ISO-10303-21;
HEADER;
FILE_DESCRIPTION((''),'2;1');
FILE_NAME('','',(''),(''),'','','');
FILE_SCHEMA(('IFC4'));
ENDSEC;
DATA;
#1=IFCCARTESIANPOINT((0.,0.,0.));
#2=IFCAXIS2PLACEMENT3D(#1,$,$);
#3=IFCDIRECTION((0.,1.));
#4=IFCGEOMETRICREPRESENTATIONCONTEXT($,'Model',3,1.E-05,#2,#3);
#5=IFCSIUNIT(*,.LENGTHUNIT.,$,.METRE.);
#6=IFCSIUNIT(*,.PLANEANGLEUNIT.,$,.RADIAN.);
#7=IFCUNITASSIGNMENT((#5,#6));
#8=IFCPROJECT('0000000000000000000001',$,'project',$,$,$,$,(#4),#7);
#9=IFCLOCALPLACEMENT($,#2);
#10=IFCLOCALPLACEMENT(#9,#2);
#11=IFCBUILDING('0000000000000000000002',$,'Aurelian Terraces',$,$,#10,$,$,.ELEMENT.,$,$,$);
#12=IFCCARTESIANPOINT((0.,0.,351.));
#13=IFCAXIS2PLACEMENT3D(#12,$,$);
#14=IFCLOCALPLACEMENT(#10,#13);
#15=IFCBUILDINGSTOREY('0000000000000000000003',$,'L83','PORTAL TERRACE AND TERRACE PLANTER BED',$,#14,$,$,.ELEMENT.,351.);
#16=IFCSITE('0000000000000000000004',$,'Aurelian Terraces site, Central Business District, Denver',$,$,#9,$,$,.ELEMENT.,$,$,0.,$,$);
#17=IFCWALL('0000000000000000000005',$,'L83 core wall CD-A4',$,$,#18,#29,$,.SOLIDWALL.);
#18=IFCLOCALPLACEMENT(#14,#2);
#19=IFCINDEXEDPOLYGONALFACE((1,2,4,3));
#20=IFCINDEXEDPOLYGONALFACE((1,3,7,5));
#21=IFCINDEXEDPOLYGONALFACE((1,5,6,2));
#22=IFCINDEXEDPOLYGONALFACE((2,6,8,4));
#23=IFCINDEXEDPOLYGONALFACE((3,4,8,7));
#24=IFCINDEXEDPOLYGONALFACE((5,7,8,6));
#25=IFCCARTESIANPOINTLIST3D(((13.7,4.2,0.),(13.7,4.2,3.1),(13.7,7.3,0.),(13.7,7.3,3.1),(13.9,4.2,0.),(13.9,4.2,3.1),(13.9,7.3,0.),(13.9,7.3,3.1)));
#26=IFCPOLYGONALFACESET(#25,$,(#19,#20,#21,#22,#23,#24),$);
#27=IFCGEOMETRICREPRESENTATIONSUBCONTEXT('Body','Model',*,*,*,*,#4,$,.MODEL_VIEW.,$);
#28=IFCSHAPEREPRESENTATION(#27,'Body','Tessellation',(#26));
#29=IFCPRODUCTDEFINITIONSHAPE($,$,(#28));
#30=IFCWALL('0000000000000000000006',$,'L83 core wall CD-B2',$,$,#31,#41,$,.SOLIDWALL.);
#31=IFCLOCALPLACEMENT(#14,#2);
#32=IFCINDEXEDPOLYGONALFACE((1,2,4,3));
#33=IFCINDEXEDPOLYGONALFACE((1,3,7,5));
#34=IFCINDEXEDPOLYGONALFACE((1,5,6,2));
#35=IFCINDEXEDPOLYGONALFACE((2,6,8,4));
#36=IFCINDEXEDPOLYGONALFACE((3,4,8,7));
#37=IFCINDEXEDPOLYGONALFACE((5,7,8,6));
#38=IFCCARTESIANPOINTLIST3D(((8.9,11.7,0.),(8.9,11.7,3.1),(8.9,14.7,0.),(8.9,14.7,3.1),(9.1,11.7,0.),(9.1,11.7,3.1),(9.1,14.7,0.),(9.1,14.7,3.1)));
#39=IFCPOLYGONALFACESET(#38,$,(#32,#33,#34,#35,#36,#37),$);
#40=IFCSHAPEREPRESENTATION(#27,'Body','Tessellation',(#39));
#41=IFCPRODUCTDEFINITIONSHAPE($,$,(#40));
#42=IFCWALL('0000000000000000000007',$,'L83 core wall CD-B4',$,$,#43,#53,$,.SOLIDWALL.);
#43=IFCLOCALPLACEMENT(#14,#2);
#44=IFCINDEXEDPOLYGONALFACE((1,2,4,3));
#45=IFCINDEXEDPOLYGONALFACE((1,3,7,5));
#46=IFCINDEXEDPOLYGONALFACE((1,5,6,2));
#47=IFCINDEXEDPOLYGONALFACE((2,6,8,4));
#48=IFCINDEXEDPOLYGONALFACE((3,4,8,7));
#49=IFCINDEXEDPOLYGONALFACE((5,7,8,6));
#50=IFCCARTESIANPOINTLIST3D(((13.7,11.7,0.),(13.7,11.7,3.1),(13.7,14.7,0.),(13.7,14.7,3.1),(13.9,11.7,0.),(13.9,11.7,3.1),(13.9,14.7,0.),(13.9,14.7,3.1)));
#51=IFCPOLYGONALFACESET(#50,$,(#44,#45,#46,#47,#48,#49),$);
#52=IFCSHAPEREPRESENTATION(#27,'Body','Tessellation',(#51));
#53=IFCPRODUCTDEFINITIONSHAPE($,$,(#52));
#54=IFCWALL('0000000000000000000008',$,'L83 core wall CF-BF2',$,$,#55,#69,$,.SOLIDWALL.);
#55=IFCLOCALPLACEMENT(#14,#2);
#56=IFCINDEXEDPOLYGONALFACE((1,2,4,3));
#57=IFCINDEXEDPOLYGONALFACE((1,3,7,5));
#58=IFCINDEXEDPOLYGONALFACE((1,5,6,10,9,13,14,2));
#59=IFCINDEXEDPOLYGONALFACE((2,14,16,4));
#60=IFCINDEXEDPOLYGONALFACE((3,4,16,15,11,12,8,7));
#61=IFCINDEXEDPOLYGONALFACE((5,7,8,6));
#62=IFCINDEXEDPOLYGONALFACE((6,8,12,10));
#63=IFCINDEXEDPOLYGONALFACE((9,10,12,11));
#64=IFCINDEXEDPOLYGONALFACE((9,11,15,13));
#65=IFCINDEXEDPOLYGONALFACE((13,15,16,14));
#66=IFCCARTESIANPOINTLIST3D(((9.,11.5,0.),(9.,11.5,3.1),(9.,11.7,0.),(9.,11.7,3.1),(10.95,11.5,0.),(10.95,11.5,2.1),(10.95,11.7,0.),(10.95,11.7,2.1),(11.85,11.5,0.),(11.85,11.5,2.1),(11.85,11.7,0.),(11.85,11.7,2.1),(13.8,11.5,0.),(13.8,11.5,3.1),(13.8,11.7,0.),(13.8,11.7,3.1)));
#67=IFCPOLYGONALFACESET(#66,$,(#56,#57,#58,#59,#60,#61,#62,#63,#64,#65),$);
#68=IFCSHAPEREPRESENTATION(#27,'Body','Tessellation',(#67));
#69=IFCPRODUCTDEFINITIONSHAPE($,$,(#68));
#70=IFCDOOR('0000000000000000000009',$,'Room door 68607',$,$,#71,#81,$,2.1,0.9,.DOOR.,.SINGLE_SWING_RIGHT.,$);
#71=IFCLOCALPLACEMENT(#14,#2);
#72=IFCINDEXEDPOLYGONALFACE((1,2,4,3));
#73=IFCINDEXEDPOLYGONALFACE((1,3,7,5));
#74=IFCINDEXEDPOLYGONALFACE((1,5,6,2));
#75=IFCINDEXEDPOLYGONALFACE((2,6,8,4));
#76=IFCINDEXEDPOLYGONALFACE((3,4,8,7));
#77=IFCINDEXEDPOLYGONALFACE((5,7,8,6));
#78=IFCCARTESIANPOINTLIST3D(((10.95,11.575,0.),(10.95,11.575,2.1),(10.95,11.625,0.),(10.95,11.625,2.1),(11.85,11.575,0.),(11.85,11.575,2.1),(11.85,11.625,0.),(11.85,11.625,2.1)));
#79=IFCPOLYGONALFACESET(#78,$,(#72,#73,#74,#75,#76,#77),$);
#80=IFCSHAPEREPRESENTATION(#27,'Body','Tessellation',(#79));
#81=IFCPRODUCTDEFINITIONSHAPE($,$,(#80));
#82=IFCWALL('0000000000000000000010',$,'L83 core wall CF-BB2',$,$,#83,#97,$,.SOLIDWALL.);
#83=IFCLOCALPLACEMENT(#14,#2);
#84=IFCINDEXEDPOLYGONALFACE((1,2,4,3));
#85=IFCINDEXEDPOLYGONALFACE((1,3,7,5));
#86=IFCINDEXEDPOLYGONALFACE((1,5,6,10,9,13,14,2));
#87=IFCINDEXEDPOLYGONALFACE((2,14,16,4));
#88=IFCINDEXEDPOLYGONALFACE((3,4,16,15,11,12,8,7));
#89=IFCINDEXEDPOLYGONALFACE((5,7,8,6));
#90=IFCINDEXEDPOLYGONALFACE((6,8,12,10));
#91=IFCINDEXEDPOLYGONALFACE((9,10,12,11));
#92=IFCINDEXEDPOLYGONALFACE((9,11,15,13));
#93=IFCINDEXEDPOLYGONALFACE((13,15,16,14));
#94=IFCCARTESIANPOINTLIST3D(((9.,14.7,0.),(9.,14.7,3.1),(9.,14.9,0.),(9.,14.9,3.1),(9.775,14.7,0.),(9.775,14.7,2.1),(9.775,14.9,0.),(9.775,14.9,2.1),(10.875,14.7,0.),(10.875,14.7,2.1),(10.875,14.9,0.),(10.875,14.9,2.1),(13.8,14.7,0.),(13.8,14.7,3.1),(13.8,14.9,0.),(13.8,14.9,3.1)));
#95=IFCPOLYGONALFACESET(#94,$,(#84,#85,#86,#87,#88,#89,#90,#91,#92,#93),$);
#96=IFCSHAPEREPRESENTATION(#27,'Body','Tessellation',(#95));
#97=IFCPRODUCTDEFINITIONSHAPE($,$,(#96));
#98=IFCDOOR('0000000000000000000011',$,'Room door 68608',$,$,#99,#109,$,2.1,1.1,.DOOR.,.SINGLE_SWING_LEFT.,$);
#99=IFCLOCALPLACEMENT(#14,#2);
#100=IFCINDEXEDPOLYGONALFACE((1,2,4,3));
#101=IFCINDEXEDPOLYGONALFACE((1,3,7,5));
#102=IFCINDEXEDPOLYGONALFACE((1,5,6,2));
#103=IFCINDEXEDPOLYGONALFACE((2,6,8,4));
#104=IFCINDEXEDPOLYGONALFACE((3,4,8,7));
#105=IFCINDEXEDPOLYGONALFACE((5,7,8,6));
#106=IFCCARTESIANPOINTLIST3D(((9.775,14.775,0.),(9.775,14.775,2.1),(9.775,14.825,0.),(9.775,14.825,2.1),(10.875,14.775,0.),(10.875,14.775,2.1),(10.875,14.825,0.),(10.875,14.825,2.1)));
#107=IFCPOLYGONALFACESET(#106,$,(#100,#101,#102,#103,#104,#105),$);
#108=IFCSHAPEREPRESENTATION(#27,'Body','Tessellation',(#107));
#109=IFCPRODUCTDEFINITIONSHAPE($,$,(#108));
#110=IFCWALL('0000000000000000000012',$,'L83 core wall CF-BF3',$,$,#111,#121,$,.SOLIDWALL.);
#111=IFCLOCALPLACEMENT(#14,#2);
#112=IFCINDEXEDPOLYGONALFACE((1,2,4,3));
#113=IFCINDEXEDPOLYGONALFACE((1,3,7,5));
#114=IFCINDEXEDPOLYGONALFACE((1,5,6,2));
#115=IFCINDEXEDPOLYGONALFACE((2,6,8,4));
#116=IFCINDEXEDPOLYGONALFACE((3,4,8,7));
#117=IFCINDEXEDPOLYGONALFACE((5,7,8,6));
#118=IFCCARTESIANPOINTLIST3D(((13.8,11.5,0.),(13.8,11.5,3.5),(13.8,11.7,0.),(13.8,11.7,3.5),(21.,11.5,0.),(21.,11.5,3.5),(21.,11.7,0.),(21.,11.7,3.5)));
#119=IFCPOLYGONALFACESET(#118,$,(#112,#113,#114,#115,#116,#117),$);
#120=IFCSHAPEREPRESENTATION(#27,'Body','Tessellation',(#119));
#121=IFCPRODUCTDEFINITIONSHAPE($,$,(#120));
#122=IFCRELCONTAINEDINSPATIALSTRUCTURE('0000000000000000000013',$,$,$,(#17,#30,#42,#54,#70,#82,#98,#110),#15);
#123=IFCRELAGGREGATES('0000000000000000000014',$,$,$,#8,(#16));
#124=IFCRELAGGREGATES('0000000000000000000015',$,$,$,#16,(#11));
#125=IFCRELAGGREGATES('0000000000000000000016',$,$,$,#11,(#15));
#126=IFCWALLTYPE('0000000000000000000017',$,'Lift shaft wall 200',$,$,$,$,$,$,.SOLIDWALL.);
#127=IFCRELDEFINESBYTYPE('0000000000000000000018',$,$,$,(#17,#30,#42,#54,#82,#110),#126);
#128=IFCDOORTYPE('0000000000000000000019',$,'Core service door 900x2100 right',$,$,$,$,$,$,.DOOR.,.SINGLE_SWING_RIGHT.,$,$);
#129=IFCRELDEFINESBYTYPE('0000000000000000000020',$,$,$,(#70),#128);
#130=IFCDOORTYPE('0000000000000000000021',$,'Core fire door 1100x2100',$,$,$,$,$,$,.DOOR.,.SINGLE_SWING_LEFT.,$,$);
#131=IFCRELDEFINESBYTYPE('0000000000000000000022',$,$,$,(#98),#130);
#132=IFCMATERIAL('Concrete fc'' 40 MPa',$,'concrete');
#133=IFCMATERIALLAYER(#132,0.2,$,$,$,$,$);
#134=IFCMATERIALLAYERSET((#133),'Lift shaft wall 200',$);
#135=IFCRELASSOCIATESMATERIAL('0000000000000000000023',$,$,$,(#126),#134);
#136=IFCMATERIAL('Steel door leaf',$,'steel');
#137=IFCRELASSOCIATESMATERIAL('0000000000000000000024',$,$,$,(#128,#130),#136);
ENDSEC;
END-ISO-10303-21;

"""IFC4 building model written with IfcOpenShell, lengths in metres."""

from ifc_helpers import new_model, si_unit, direction, frame, frame_2d, origin, place, context, subcontext, project, spatial, rectangle, extrude, source, transform, mapped, material, layer, layer_set, type_object, element, fill, save


model = new_model("IFC4")

# Units and contexts
model_context = context("Model", 3, precision=1e-05, world=origin(), true_north=direction((0.0, 1.0)))
body_context = subcontext(model_context, "Body", "Model", "MODEL_VIEW")
ifc_project = project(units=[si_unit("LENGTHUNIT", "METRE"), si_unit("PLANEANGLEUNIT", "RADIAN")], contexts=[model_context])

# Site, building, storey
site_placement = place(None, origin())
site = spatial("IfcSite", under=ifc_project, at=site_placement, Name="Aurelian Terraces site, Central Business District, Denver", CompositionType="ELEMENT", RefElevation=0.0)
building_placement = place(site_placement, origin())
building = spatial("IfcBuilding", under=site, at=building_placement, Name="Aurelian Terraces", CompositionType="ELEMENT")
storey_placement = place(building_placement, frame((0.0, 0.0, 351.0)))
storey = spatial("IfcBuildingStorey", under=building, at=storey_placement, Name="L83", Description="PORTAL TERRACE AND TERRACE PLANTER BED", CompositionType="ELEMENT", Elevation=351.0)

# Walls
ifc_material_1 = material(Name="Concrete fc' 40 MPa", Category="concrete")
ifc_layer_1 = layer(ifc_material_1, 0.2)
ifc_layer_set_1 = layer_set([ifc_layer_1], Name="Lift shaft wall 200")
wall_type_1 = type_object("IfcWallType", Name="Lift shaft wall 200", PredefinedType="SOLIDWALL", material=ifc_layer_set_1)
shared_shape_1 = source(origin(), body_context, "Body", "SweptSolid", [
    extrude(rectangle(XDim=3.1, YDim=0.2, at=frame_2d((1.55, 0.0))), origin(), (0.0, 0.0, 1.0), 3.1),
])
wall_1_placement = place(storey_placement, frame((13.8, 4.2, 0.0), z_axis=(0.0, 0.0, 1.0), x_axis=(0.0, 1.0, 0.0)))
element("IfcWall", 1, at=wall_1_placement, inside=storey, type_object=wall_type_1, Name="L83 core wall CD-A4", PredefinedType="SOLIDWALL", context=body_context, shape_type="MappedRepresentation", body=[
    mapped(shared_shape_1, transform((0.0, 0.0, 0.0), scale=1.0)),
])
shared_shape_2 = source(origin(), body_context, "Body", "SweptSolid", [
    extrude(rectangle(XDim=3.0, YDim=0.2, at=frame_2d((1.5, 0.0))), origin(), (0.0, 0.0, 1.0), 3.1),
])
for number, where, z_axis, x_axis, name in (
    (2, (9.0, 11.7, 0.0), (0.0, 0.0, 1.0), (0.0, 1.0, 0.0), "L83 core wall CD-B2"),
    (3, (13.8, 11.7, 0.0), (0.0, 0.0, 1.0), (0.0, 1.0, 0.0), "L83 core wall CD-B4"),
):
    element("IfcWall", number, at=place(storey_placement, frame(where, z_axis=z_axis, x_axis=x_axis)), inside=storey, type_object=wall_type_1, Name=name, PredefinedType="SOLIDWALL", context=body_context, shape_type="MappedRepresentation", body=[
        mapped(shared_shape_2, transform((0.0, 0.0, 0.0), scale=1.0)),
    ])

# Walls, openings, doors
shared_shape_3 = source(origin(), body_context, "Body", "SweptSolid", [
    extrude(rectangle(XDim=4.8, YDim=0.2, at=frame_2d((2.4, 0.0))), origin(), (0.0, 0.0, 1.0), 3.1),
])
wall_2_placement = place(storey_placement, frame((9.0, 11.6, 0.0), z_axis=(0.0, 0.0, 1.0), x_axis=(1.0, 0.0, 0.0)))
wall_2 = element("IfcWall", 4, at=wall_2_placement, inside=storey, type_object=wall_type_1, Name="L83 core wall CF-BF2", PredefinedType="SOLIDWALL", context=body_context, shape_type="MappedRepresentation", body=[
    mapped(shared_shape_3, transform((0.0, 0.0, 0.0), scale=1.0)),
])
shared_shape_4 = source(origin(), body_context, "Body", "SweptSolid", [
    extrude(rectangle(XDim=0.9, YDim=2.1, at=frame_2d((0.45, 1.05))), frame((0.0, 0.11, 0.0), z_axis=(0.0, -1.0, 0.0), x_axis=(1.0, 0.0, 0.0)), (0.0, 0.0, 1.0), 0.22),
])
opening_1_placement = place(wall_2_placement, frame((1.95, 0.0, 0.0)))
opening_1 = element("IfcOpeningElement", 5, at=opening_1_placement, cuts=wall_2, PredefinedType="OPENING", context=body_context, shape_type="MappedRepresentation", body=[
    mapped(shared_shape_4, transform((0.0, 0.0, 0.0), scale=1.0)),
])
ifc_material_2 = material(Name="Steel door leaf", Category="steel")
door_type_1 = type_object("IfcDoorType", Name="Core service door 900x2100 right", OperationType="SINGLE_SWING_RIGHT", PredefinedType="DOOR", material=ifc_material_2)
shared_shape_5 = source(origin(), body_context, "Body", "SweptSolid", [
    extrude(rectangle(XDim=0.9, YDim=2.1, at=frame_2d((0.45, 1.05))), frame((0.0, 0.025, 0.0), z_axis=(0.0, -1.0, 0.0), x_axis=(1.0, 0.0, 0.0)), (0.0, 0.0, 1.0), 0.05),
])
door_1_placement = place(opening_1_placement, origin())
door_1 = element("IfcDoor", 6, at=door_1_placement, inside=storey, type_object=door_type_1, Name="Room door 68607", OperationType="SINGLE_SWING_RIGHT", OverallHeight=2.1, OverallWidth=0.9, PredefinedType="DOOR", context=body_context, shape_type="MappedRepresentation", body=[
    mapped(shared_shape_5, transform((0.0, 0.0, 0.0), scale=1.0)),
])
fill(opening_1, door_1)
wall_3_placement = place(storey_placement, frame((9.0, 14.8, 0.0), z_axis=(0.0, 0.0, 1.0), x_axis=(1.0, 0.0, 0.0)))
wall_3 = element("IfcWall", 7, at=wall_3_placement, inside=storey, type_object=wall_type_1, Name="L83 core wall CF-BB2", PredefinedType="SOLIDWALL", context=body_context, shape_type="MappedRepresentation", body=[
    mapped(shared_shape_3, transform((0.0, 0.0, 0.0), scale=1.0)),
])
shared_shape_6 = source(origin(), body_context, "Body", "SweptSolid", [
    extrude(rectangle(XDim=1.1, YDim=2.1, at=frame_2d((0.55, 1.05))), frame((0.0, 0.11, 0.0), z_axis=(0.0, -1.0, 0.0), x_axis=(1.0, 0.0, 0.0)), (0.0, 0.0, 1.0), 0.22),
])
opening_2_placement = place(wall_3_placement, frame((0.775, 0.0, 0.0)))
opening_2 = element("IfcOpeningElement", 8, at=opening_2_placement, cuts=wall_3, PredefinedType="OPENING", context=body_context, shape_type="MappedRepresentation", body=[
    mapped(shared_shape_6, transform((0.0, 0.0, 0.0), scale=1.0)),
])
door_type_2 = type_object("IfcDoorType", Name="Core fire door 1100x2100", OperationType="SINGLE_SWING_LEFT", PredefinedType="DOOR", material=ifc_material_2)
shared_shape_7 = source(origin(), body_context, "Body", "SweptSolid", [
    extrude(rectangle(XDim=1.1, YDim=2.1, at=frame_2d((0.55, 1.05))), frame((0.0, 0.025, 0.0), z_axis=(0.0, -1.0, 0.0), x_axis=(1.0, 0.0, 0.0)), (0.0, 0.0, 1.0), 0.05),
])
door_2_placement = place(opening_2_placement, origin())
door_2 = element("IfcDoor", 9, at=door_2_placement, inside=storey, type_object=door_type_2, Name="Room door 68608", OperationType="SINGLE_SWING_LEFT", OverallHeight=2.1, OverallWidth=1.1, PredefinedType="DOOR", context=body_context, shape_type="MappedRepresentation", body=[
    mapped(shared_shape_7, transform((0.0, 0.0, 0.0), scale=1.0)),
])
fill(opening_2, door_2)

# Wall
shared_shape_8 = source(origin(), body_context, "Body", "SweptSolid", [
    extrude(rectangle(XDim=7.2, YDim=0.2, at=frame_2d((3.6, 0.0))), origin(), (0.0, 0.0, 1.0), 3.5),
])
wall_4_placement = place(storey_placement, frame((13.8, 11.6, 0.0), z_axis=(0.0, 0.0, 1.0), x_axis=(1.0, 0.0, 0.0)))
element("IfcWall", 10, at=wall_4_placement, inside=storey, type_object=wall_type_1, Name="L83 core wall CF-BF3", PredefinedType="SOLIDWALL", context=body_context, shape_type="MappedRepresentation", body=[
    mapped(shared_shape_8, transform((0.0, 0.0, 0.0), scale=1.0)),
])

save(model, "model.ifc")
